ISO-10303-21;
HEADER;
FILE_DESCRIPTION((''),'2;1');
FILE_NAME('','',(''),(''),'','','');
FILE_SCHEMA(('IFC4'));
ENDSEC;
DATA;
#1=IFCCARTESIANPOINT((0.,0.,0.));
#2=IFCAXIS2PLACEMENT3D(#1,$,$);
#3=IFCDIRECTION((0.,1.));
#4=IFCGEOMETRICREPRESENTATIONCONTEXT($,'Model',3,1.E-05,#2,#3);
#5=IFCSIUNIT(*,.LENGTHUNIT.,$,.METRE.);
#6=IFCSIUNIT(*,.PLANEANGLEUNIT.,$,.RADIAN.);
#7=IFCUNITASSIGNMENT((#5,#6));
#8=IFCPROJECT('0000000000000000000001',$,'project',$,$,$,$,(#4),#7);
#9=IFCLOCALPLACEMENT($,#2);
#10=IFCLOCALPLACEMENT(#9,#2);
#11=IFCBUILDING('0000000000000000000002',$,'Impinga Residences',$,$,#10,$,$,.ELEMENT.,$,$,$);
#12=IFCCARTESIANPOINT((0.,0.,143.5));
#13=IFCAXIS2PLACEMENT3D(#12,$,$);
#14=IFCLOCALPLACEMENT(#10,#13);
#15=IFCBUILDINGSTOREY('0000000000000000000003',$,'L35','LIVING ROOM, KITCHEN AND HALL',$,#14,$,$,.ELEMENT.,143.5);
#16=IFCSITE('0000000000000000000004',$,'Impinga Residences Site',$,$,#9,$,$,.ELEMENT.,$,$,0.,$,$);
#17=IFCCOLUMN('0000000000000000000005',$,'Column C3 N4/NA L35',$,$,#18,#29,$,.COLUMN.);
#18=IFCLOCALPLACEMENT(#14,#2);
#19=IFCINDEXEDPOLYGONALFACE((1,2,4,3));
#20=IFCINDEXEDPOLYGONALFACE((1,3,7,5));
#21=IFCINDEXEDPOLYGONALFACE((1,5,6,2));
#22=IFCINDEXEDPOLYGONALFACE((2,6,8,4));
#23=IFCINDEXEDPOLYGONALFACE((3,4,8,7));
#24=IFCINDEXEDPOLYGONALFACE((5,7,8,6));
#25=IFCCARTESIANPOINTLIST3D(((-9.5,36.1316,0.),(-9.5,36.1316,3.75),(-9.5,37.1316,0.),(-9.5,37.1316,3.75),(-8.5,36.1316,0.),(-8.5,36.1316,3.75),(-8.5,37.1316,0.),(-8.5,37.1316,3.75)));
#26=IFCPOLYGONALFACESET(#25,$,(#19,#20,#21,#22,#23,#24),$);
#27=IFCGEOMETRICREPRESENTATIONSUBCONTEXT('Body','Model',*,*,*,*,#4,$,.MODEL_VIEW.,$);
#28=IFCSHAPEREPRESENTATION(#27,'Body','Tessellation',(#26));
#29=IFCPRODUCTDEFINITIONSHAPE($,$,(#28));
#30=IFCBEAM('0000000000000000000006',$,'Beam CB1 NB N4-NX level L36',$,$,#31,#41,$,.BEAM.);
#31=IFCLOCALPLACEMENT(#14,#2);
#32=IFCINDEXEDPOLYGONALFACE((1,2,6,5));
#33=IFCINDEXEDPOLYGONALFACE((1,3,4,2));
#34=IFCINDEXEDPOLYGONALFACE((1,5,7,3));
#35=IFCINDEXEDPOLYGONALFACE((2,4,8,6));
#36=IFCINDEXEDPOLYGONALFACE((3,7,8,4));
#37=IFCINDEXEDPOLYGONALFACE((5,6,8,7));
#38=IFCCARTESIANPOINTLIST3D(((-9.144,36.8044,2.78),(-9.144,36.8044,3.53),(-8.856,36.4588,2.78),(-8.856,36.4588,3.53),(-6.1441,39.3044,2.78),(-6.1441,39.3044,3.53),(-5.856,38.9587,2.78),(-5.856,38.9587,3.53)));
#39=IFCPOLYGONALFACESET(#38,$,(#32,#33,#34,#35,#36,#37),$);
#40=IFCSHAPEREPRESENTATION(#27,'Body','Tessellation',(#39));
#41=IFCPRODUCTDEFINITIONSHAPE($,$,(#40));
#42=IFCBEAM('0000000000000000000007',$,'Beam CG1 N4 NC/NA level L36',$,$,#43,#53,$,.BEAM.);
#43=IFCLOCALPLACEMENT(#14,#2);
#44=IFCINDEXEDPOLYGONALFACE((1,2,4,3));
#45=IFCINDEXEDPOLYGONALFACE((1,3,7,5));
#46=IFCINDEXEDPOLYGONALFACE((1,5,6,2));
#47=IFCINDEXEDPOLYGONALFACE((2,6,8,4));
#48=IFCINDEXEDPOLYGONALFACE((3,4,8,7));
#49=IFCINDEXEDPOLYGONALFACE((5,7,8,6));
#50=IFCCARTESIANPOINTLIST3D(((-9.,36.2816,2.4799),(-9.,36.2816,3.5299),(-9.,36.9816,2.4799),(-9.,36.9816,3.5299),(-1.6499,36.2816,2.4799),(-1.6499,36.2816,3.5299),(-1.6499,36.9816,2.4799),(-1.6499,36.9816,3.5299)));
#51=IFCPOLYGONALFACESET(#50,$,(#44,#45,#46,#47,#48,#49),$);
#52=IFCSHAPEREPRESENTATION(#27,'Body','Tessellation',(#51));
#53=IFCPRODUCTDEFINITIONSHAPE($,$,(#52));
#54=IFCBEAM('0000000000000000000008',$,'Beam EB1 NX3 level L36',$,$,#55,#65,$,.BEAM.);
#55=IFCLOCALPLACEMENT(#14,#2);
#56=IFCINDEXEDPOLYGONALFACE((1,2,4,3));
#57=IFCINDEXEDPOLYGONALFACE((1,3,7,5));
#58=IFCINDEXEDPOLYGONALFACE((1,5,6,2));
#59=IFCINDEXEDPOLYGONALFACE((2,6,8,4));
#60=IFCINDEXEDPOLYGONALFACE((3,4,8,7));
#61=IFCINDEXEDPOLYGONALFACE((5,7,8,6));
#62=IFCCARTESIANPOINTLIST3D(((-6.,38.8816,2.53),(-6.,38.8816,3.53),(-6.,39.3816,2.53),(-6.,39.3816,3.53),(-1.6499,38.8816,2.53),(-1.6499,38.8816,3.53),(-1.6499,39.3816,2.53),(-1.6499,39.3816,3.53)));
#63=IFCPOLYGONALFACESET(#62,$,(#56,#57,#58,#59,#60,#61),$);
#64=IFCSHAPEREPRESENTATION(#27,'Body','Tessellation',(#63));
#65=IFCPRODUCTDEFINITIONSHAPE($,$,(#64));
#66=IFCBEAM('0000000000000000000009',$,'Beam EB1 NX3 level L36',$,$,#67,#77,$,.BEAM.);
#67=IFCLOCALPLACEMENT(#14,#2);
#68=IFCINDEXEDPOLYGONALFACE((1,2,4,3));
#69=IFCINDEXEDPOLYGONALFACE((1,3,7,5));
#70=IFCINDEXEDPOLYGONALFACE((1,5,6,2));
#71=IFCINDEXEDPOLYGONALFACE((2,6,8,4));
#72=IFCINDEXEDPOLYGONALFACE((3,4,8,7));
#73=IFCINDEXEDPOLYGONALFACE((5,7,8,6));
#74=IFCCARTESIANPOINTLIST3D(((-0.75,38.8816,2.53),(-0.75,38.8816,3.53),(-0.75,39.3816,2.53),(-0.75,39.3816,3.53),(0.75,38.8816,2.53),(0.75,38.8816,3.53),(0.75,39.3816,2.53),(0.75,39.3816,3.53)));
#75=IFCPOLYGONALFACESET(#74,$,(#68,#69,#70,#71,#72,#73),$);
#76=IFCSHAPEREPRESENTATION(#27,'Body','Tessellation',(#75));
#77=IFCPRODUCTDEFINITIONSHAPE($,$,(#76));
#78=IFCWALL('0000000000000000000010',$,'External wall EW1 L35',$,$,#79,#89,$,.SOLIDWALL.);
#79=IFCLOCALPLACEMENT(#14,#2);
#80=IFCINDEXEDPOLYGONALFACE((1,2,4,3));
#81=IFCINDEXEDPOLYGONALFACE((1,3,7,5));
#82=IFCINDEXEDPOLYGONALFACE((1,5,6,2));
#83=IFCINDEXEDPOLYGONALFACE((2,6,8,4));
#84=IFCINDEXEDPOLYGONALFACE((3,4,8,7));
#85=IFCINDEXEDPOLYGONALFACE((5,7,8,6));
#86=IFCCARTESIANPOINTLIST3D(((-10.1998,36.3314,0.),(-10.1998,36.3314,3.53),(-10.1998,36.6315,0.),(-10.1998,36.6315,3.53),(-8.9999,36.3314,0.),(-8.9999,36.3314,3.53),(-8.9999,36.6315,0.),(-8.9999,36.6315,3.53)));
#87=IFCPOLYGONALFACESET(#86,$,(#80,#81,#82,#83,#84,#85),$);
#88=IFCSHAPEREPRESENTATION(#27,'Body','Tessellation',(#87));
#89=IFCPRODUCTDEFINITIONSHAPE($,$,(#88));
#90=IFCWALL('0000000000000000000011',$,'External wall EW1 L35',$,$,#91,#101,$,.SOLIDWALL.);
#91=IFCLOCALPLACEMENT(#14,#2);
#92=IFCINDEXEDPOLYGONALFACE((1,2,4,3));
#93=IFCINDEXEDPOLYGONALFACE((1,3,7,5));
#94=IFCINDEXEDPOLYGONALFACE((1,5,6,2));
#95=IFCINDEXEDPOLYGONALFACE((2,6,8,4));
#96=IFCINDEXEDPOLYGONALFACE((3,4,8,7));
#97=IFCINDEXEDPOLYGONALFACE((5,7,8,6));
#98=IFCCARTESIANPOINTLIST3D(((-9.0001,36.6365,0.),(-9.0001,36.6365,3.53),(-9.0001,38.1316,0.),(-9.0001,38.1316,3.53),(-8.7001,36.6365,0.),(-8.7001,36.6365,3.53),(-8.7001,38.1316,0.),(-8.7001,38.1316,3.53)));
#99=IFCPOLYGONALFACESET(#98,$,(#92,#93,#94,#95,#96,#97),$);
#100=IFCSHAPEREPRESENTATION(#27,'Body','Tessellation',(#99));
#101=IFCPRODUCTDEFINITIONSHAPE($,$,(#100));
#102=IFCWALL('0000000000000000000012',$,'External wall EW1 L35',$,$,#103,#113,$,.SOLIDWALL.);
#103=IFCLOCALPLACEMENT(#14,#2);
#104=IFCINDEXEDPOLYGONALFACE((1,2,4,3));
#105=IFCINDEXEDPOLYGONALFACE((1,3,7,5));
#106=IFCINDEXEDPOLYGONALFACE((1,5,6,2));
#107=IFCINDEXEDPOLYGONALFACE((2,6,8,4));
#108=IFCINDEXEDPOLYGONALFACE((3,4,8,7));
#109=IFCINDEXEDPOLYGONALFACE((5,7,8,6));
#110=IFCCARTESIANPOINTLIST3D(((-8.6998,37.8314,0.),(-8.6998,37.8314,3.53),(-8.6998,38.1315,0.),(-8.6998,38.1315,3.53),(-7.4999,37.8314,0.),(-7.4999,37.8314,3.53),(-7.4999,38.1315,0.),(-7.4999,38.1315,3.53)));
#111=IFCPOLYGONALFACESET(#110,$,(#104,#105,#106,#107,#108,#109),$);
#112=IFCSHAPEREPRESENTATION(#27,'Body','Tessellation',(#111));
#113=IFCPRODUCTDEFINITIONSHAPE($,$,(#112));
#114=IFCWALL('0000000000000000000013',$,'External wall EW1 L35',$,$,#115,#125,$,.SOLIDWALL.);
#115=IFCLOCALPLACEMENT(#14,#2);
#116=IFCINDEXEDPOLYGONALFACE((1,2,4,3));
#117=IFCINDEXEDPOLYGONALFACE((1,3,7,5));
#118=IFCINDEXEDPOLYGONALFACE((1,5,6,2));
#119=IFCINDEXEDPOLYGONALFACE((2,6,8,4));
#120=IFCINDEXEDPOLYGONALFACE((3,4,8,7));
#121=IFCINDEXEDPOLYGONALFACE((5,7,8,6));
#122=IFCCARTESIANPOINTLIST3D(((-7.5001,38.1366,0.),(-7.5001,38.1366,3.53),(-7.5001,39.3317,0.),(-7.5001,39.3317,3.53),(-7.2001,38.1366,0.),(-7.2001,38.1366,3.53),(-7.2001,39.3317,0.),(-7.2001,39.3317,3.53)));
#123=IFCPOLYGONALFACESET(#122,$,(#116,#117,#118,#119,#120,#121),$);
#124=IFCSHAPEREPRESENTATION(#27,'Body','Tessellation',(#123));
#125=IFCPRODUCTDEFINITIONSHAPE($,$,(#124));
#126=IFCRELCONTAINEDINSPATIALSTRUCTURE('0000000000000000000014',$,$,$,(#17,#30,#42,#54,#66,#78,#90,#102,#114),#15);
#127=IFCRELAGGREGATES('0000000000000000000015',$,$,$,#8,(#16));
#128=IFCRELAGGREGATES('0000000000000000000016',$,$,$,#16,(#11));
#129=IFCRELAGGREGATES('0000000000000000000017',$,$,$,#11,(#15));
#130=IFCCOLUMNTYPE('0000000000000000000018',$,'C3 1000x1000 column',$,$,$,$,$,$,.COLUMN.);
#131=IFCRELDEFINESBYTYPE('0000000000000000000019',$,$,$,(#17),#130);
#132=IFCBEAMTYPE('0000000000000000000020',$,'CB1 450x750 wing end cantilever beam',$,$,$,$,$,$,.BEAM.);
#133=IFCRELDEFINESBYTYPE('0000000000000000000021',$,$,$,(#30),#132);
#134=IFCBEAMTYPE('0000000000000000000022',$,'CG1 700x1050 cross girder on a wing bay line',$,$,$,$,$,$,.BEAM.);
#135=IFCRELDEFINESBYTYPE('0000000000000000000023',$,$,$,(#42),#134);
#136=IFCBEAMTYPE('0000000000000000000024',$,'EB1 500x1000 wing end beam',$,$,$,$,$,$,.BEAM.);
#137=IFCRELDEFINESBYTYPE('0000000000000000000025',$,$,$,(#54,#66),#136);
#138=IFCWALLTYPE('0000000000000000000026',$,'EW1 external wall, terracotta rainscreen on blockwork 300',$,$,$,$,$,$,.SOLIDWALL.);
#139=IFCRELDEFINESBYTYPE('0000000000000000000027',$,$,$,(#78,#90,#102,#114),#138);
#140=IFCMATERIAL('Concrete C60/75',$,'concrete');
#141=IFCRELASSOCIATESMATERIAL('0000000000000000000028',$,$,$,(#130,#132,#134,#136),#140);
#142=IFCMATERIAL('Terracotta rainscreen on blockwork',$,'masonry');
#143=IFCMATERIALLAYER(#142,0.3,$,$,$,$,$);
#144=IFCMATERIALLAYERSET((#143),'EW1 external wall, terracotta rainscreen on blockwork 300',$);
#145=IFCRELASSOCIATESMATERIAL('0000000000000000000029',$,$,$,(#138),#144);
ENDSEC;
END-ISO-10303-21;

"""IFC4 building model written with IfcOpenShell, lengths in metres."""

from ifc_helpers import new_model, si_unit, direction, frame, frame_2d, origin, origin_2d, place, context, subcontext, project, spatial, rectangle, extrude, material, layer, layer_set, material_profile, profile_set, type_object, element, save


model = new_model("IFC4")

# Units and contexts
model_context = context("Model", 3, precision=1e-05, world=origin(), true_north=direction((0.0, 1.0)))
body_context = subcontext(model_context, "Body", "Model", "MODEL_VIEW")
ifc_project = project(units=[si_unit("LENGTHUNIT", "METRE"), si_unit("PLANEANGLEUNIT", "RADIAN")], contexts=[model_context])

# Site, building, storey
site_placement = place(None, origin())
site = spatial("IfcSite", under=ifc_project, at=site_placement, Name="Impinga Residences Site", CompositionType="ELEMENT", RefElevation=0.0)
building_placement = place(site_placement, origin())
building = spatial("IfcBuilding", under=site, at=building_placement, Name="Impinga Residences", CompositionType="ELEMENT")
storey_placement = place(building_placement, frame((0.0, 0.0, 143.5)))
storey = spatial("IfcBuildingStorey", under=building, at=storey_placement, Name="L35", Description="LIVING ROOM, KITCHEN AND HALL", CompositionType="ELEMENT", Elevation=143.5)

# Column
ifc_material_1 = material(Name="Concrete C60/75", Category="concrete")
ifc_material_profile_1 = material_profile(ifc_material_1, rectangle(XDim=1.0, YDim=1.0, at=origin_2d()), Name="RC 1000x1000")
ifc_profile_set_1 = profile_set([ifc_material_profile_1], Name="Concrete C60/75")
column_type = type_object("IfcColumnType", Name="C3 1000x1000 column", PredefinedType="COLUMN", material=ifc_profile_set_1)
column_placement = place(storey_placement, frame((-9.0, 36.6316, 0.0), z_axis=(0.0, 0.0, 1.0), x_axis=(1.0, 0.0, 0.0)))
element("IfcColumn", 1, at=column_placement, inside=storey, type_object=column_type, Name="Column C3 N4/NA L35", PredefinedType="COLUMN", context=body_context, shape_type="SweptSolid", body=[
    extrude(rectangle(XDim=1.0, YDim=1.0, at=origin_2d()), origin(), (0.0, 0.0, 1.0), 3.75),
])

# Beams
ifc_material_profile_2 = material_profile(ifc_material_1, rectangle(XDim=0.45, YDim=0.75, at=origin_2d()), Name="RC 450x750")
ifc_profile_set_2 = profile_set([ifc_material_profile_2], Name="Concrete C60/75")
beam_type_1 = type_object("IfcBeamType", Name="CB1 450x750 wing end cantilever beam", PredefinedType="BEAM", material=ifc_profile_set_2)
beam_1_placement = place(storey_placement, frame((-9.0, 36.6316, 3.155), z_axis=(0.768221, 0.640184, 0.0), x_axis=(-0.640184, 0.768221, 0.0)))
element("IfcBeam", 2, at=beam_1_placement, inside=storey, type_object=beam_type_1, Name="Beam CB1 NB N4-NX level L36", PredefinedType="BEAM", context=body_context, shape_type="SweptSolid", body=[
    extrude(rectangle(XDim=0.45, YDim=0.75, at=origin_2d()), origin(), (0.0, 0.0, 1.0), 3.905),
])
ifc_material_profile_3 = material_profile(ifc_material_1, rectangle(XDim=0.7, YDim=1.05, at=origin_2d()), Name="RC 700x1050")
ifc_profile_set_3 = profile_set([ifc_material_profile_3], Name="Concrete C60/75")
beam_type_2 = type_object("IfcBeamType", Name="CG1 700x1050 cross girder on a wing bay line", PredefinedType="BEAM", material=ifc_profile_set_3)
beam_2_placement = place(storey_placement, frame((-1.6499, 36.6316, 3.0049), z_axis=(-1.0, 0.0, 0.0), x_axis=(0.0, -1.0, 0.0)))
element("IfcBeam", 3, at=beam_2_placement, inside=storey, type_object=beam_type_2, Name="Beam CG1 N4 NC/NA level L36", PredefinedType="BEAM", context=body_context, shape_type="SweptSolid", body=[
    extrude(rectangle(XDim=0.7, YDim=1.05, at=origin_2d()), origin(), (0.0, 0.0, 1.0), 7.3501),
])
ifc_material_profile_4 = material_profile(ifc_material_1, rectangle(XDim=0.5, YDim=1.0, at=origin_2d()), Name="RC 500x1000")
ifc_profile_set_4 = profile_set([ifc_material_profile_4], Name="Concrete C60/75")
beam_type_3 = type_object("IfcBeamType", Name="EB1 500x1000 wing end beam", PredefinedType="BEAM", material=ifc_profile_set_4)
beam_3_placement = place(storey_placement, frame((-6.0, 39.1316, 3.03), z_axis=(1.0, 0.0, 0.0), x_axis=(0.0, 1.0, 0.0)))
element("IfcBeam", 4, at=beam_3_placement, inside=storey, type_object=beam_type_3, Name="Beam EB1 NX3 level L36", PredefinedType="BEAM", context=body_context, shape_type="SweptSolid", body=[
    extrude(rectangle(XDim=0.5, YDim=1.0, at=origin_2d()), origin(), (0.0, 0.0, 1.0), 4.3501),
])
beam_4_placement = place(storey_placement, frame((-0.75, 39.1316, 3.03), z_axis=(1.0, 0.0, 0.0), x_axis=(0.0, 1.0, 0.0)))
element("IfcBeam", 5, at=beam_4_placement, inside=storey, type_object=beam_type_3, Name="Beam EB1 NX3 level L36", PredefinedType="BEAM", context=body_context, shape_type="SweptSolid", body=[
    extrude(rectangle(XDim=0.5, YDim=1.0, at=origin_2d()), origin(), (0.0, 0.0, 1.0), 1.5),
])

# Walls
ifc_material_2 = material(Name="Terracotta rainscreen on blockwork", Category="masonry")
ifc_layer_1 = layer(ifc_material_2, 0.3)
ifc_layer_set_1 = layer_set([ifc_layer_1], Name="EW1 external wall, terracotta rainscreen on blockwork 300")
wall_type_1 = type_object("IfcWallType", Name="EW1 external wall, terracotta rainscreen on blockwork 300", PredefinedType="SOLIDWALL", material=ifc_layer_set_1)
wall_1_placement = place(storey_placement, frame((-10.2, 36.4814, 0.0), z_axis=(0.0, 0.0, 1.0), x_axis=(1.0, 0.0, 0.0)))
element("IfcWall", 6, at=wall_1_placement, inside=storey, type_object=wall_type_1, Name="External wall EW1 L35", PredefinedType="SOLIDWALL", context=body_context, shape_type="SweptSolid", body=[
    extrude(rectangle(XDim=1.2, YDim=0.3, at=frame_2d((0.6001, 0.0))), origin(), (0.0, 0.0, 1.0), 3.53),
])
wall_2_placement = place(storey_placement, frame((-8.8501, 36.6365, 0.0), z_axis=(0.0, 0.0, 1.0), x_axis=(0.0, 1.0, 0.0)))
element("IfcWall", 7, at=wall_2_placement, inside=storey, type_object=wall_type_1, Name="External wall EW1 L35", PredefinedType="SOLIDWALL", context=body_context, shape_type="SweptSolid", body=[
    extrude(rectangle(XDim=1.4951, YDim=0.3, at=frame_2d((0.7476, 0.0))), origin(), (0.0, 0.0, 1.0), 3.53),
])
wall_3_placement = place(storey_placement, frame((-8.7, 37.9814, 0.0), z_axis=(0.0, 0.0, 1.0), x_axis=(1.0, 0.0, 0.0)))
element("IfcWall", 8, at=wall_3_placement, inside=storey, type_object=wall_type_1, Name="External wall EW1 L35", PredefinedType="SOLIDWALL", context=body_context, shape_type="SweptSolid", body=[
    extrude(rectangle(XDim=1.2, YDim=0.3, at=frame_2d((0.6001, 0.0))), origin(), (0.0, 0.0, 1.0), 3.53),
])
wall_4_placement = place(storey_placement, frame((-7.3501, 38.1365, 0.0), z_axis=(0.0, 0.0, 1.0), x_axis=(0.0, 1.0, 0.0)))
element("IfcWall", 9, at=wall_4_placement, inside=storey, type_object=wall_type_1, Name="External wall EW1 L35", PredefinedType="SOLIDWALL", context=body_context, shape_type="SweptSolid", body=[
    extrude(rectangle(XDim=1.1951, YDim=0.3, at=frame_2d((0.5977, 0.0))), origin(), (0.0, 0.0, 1.0), 3.53),
])

save(model, "model.ifc")
